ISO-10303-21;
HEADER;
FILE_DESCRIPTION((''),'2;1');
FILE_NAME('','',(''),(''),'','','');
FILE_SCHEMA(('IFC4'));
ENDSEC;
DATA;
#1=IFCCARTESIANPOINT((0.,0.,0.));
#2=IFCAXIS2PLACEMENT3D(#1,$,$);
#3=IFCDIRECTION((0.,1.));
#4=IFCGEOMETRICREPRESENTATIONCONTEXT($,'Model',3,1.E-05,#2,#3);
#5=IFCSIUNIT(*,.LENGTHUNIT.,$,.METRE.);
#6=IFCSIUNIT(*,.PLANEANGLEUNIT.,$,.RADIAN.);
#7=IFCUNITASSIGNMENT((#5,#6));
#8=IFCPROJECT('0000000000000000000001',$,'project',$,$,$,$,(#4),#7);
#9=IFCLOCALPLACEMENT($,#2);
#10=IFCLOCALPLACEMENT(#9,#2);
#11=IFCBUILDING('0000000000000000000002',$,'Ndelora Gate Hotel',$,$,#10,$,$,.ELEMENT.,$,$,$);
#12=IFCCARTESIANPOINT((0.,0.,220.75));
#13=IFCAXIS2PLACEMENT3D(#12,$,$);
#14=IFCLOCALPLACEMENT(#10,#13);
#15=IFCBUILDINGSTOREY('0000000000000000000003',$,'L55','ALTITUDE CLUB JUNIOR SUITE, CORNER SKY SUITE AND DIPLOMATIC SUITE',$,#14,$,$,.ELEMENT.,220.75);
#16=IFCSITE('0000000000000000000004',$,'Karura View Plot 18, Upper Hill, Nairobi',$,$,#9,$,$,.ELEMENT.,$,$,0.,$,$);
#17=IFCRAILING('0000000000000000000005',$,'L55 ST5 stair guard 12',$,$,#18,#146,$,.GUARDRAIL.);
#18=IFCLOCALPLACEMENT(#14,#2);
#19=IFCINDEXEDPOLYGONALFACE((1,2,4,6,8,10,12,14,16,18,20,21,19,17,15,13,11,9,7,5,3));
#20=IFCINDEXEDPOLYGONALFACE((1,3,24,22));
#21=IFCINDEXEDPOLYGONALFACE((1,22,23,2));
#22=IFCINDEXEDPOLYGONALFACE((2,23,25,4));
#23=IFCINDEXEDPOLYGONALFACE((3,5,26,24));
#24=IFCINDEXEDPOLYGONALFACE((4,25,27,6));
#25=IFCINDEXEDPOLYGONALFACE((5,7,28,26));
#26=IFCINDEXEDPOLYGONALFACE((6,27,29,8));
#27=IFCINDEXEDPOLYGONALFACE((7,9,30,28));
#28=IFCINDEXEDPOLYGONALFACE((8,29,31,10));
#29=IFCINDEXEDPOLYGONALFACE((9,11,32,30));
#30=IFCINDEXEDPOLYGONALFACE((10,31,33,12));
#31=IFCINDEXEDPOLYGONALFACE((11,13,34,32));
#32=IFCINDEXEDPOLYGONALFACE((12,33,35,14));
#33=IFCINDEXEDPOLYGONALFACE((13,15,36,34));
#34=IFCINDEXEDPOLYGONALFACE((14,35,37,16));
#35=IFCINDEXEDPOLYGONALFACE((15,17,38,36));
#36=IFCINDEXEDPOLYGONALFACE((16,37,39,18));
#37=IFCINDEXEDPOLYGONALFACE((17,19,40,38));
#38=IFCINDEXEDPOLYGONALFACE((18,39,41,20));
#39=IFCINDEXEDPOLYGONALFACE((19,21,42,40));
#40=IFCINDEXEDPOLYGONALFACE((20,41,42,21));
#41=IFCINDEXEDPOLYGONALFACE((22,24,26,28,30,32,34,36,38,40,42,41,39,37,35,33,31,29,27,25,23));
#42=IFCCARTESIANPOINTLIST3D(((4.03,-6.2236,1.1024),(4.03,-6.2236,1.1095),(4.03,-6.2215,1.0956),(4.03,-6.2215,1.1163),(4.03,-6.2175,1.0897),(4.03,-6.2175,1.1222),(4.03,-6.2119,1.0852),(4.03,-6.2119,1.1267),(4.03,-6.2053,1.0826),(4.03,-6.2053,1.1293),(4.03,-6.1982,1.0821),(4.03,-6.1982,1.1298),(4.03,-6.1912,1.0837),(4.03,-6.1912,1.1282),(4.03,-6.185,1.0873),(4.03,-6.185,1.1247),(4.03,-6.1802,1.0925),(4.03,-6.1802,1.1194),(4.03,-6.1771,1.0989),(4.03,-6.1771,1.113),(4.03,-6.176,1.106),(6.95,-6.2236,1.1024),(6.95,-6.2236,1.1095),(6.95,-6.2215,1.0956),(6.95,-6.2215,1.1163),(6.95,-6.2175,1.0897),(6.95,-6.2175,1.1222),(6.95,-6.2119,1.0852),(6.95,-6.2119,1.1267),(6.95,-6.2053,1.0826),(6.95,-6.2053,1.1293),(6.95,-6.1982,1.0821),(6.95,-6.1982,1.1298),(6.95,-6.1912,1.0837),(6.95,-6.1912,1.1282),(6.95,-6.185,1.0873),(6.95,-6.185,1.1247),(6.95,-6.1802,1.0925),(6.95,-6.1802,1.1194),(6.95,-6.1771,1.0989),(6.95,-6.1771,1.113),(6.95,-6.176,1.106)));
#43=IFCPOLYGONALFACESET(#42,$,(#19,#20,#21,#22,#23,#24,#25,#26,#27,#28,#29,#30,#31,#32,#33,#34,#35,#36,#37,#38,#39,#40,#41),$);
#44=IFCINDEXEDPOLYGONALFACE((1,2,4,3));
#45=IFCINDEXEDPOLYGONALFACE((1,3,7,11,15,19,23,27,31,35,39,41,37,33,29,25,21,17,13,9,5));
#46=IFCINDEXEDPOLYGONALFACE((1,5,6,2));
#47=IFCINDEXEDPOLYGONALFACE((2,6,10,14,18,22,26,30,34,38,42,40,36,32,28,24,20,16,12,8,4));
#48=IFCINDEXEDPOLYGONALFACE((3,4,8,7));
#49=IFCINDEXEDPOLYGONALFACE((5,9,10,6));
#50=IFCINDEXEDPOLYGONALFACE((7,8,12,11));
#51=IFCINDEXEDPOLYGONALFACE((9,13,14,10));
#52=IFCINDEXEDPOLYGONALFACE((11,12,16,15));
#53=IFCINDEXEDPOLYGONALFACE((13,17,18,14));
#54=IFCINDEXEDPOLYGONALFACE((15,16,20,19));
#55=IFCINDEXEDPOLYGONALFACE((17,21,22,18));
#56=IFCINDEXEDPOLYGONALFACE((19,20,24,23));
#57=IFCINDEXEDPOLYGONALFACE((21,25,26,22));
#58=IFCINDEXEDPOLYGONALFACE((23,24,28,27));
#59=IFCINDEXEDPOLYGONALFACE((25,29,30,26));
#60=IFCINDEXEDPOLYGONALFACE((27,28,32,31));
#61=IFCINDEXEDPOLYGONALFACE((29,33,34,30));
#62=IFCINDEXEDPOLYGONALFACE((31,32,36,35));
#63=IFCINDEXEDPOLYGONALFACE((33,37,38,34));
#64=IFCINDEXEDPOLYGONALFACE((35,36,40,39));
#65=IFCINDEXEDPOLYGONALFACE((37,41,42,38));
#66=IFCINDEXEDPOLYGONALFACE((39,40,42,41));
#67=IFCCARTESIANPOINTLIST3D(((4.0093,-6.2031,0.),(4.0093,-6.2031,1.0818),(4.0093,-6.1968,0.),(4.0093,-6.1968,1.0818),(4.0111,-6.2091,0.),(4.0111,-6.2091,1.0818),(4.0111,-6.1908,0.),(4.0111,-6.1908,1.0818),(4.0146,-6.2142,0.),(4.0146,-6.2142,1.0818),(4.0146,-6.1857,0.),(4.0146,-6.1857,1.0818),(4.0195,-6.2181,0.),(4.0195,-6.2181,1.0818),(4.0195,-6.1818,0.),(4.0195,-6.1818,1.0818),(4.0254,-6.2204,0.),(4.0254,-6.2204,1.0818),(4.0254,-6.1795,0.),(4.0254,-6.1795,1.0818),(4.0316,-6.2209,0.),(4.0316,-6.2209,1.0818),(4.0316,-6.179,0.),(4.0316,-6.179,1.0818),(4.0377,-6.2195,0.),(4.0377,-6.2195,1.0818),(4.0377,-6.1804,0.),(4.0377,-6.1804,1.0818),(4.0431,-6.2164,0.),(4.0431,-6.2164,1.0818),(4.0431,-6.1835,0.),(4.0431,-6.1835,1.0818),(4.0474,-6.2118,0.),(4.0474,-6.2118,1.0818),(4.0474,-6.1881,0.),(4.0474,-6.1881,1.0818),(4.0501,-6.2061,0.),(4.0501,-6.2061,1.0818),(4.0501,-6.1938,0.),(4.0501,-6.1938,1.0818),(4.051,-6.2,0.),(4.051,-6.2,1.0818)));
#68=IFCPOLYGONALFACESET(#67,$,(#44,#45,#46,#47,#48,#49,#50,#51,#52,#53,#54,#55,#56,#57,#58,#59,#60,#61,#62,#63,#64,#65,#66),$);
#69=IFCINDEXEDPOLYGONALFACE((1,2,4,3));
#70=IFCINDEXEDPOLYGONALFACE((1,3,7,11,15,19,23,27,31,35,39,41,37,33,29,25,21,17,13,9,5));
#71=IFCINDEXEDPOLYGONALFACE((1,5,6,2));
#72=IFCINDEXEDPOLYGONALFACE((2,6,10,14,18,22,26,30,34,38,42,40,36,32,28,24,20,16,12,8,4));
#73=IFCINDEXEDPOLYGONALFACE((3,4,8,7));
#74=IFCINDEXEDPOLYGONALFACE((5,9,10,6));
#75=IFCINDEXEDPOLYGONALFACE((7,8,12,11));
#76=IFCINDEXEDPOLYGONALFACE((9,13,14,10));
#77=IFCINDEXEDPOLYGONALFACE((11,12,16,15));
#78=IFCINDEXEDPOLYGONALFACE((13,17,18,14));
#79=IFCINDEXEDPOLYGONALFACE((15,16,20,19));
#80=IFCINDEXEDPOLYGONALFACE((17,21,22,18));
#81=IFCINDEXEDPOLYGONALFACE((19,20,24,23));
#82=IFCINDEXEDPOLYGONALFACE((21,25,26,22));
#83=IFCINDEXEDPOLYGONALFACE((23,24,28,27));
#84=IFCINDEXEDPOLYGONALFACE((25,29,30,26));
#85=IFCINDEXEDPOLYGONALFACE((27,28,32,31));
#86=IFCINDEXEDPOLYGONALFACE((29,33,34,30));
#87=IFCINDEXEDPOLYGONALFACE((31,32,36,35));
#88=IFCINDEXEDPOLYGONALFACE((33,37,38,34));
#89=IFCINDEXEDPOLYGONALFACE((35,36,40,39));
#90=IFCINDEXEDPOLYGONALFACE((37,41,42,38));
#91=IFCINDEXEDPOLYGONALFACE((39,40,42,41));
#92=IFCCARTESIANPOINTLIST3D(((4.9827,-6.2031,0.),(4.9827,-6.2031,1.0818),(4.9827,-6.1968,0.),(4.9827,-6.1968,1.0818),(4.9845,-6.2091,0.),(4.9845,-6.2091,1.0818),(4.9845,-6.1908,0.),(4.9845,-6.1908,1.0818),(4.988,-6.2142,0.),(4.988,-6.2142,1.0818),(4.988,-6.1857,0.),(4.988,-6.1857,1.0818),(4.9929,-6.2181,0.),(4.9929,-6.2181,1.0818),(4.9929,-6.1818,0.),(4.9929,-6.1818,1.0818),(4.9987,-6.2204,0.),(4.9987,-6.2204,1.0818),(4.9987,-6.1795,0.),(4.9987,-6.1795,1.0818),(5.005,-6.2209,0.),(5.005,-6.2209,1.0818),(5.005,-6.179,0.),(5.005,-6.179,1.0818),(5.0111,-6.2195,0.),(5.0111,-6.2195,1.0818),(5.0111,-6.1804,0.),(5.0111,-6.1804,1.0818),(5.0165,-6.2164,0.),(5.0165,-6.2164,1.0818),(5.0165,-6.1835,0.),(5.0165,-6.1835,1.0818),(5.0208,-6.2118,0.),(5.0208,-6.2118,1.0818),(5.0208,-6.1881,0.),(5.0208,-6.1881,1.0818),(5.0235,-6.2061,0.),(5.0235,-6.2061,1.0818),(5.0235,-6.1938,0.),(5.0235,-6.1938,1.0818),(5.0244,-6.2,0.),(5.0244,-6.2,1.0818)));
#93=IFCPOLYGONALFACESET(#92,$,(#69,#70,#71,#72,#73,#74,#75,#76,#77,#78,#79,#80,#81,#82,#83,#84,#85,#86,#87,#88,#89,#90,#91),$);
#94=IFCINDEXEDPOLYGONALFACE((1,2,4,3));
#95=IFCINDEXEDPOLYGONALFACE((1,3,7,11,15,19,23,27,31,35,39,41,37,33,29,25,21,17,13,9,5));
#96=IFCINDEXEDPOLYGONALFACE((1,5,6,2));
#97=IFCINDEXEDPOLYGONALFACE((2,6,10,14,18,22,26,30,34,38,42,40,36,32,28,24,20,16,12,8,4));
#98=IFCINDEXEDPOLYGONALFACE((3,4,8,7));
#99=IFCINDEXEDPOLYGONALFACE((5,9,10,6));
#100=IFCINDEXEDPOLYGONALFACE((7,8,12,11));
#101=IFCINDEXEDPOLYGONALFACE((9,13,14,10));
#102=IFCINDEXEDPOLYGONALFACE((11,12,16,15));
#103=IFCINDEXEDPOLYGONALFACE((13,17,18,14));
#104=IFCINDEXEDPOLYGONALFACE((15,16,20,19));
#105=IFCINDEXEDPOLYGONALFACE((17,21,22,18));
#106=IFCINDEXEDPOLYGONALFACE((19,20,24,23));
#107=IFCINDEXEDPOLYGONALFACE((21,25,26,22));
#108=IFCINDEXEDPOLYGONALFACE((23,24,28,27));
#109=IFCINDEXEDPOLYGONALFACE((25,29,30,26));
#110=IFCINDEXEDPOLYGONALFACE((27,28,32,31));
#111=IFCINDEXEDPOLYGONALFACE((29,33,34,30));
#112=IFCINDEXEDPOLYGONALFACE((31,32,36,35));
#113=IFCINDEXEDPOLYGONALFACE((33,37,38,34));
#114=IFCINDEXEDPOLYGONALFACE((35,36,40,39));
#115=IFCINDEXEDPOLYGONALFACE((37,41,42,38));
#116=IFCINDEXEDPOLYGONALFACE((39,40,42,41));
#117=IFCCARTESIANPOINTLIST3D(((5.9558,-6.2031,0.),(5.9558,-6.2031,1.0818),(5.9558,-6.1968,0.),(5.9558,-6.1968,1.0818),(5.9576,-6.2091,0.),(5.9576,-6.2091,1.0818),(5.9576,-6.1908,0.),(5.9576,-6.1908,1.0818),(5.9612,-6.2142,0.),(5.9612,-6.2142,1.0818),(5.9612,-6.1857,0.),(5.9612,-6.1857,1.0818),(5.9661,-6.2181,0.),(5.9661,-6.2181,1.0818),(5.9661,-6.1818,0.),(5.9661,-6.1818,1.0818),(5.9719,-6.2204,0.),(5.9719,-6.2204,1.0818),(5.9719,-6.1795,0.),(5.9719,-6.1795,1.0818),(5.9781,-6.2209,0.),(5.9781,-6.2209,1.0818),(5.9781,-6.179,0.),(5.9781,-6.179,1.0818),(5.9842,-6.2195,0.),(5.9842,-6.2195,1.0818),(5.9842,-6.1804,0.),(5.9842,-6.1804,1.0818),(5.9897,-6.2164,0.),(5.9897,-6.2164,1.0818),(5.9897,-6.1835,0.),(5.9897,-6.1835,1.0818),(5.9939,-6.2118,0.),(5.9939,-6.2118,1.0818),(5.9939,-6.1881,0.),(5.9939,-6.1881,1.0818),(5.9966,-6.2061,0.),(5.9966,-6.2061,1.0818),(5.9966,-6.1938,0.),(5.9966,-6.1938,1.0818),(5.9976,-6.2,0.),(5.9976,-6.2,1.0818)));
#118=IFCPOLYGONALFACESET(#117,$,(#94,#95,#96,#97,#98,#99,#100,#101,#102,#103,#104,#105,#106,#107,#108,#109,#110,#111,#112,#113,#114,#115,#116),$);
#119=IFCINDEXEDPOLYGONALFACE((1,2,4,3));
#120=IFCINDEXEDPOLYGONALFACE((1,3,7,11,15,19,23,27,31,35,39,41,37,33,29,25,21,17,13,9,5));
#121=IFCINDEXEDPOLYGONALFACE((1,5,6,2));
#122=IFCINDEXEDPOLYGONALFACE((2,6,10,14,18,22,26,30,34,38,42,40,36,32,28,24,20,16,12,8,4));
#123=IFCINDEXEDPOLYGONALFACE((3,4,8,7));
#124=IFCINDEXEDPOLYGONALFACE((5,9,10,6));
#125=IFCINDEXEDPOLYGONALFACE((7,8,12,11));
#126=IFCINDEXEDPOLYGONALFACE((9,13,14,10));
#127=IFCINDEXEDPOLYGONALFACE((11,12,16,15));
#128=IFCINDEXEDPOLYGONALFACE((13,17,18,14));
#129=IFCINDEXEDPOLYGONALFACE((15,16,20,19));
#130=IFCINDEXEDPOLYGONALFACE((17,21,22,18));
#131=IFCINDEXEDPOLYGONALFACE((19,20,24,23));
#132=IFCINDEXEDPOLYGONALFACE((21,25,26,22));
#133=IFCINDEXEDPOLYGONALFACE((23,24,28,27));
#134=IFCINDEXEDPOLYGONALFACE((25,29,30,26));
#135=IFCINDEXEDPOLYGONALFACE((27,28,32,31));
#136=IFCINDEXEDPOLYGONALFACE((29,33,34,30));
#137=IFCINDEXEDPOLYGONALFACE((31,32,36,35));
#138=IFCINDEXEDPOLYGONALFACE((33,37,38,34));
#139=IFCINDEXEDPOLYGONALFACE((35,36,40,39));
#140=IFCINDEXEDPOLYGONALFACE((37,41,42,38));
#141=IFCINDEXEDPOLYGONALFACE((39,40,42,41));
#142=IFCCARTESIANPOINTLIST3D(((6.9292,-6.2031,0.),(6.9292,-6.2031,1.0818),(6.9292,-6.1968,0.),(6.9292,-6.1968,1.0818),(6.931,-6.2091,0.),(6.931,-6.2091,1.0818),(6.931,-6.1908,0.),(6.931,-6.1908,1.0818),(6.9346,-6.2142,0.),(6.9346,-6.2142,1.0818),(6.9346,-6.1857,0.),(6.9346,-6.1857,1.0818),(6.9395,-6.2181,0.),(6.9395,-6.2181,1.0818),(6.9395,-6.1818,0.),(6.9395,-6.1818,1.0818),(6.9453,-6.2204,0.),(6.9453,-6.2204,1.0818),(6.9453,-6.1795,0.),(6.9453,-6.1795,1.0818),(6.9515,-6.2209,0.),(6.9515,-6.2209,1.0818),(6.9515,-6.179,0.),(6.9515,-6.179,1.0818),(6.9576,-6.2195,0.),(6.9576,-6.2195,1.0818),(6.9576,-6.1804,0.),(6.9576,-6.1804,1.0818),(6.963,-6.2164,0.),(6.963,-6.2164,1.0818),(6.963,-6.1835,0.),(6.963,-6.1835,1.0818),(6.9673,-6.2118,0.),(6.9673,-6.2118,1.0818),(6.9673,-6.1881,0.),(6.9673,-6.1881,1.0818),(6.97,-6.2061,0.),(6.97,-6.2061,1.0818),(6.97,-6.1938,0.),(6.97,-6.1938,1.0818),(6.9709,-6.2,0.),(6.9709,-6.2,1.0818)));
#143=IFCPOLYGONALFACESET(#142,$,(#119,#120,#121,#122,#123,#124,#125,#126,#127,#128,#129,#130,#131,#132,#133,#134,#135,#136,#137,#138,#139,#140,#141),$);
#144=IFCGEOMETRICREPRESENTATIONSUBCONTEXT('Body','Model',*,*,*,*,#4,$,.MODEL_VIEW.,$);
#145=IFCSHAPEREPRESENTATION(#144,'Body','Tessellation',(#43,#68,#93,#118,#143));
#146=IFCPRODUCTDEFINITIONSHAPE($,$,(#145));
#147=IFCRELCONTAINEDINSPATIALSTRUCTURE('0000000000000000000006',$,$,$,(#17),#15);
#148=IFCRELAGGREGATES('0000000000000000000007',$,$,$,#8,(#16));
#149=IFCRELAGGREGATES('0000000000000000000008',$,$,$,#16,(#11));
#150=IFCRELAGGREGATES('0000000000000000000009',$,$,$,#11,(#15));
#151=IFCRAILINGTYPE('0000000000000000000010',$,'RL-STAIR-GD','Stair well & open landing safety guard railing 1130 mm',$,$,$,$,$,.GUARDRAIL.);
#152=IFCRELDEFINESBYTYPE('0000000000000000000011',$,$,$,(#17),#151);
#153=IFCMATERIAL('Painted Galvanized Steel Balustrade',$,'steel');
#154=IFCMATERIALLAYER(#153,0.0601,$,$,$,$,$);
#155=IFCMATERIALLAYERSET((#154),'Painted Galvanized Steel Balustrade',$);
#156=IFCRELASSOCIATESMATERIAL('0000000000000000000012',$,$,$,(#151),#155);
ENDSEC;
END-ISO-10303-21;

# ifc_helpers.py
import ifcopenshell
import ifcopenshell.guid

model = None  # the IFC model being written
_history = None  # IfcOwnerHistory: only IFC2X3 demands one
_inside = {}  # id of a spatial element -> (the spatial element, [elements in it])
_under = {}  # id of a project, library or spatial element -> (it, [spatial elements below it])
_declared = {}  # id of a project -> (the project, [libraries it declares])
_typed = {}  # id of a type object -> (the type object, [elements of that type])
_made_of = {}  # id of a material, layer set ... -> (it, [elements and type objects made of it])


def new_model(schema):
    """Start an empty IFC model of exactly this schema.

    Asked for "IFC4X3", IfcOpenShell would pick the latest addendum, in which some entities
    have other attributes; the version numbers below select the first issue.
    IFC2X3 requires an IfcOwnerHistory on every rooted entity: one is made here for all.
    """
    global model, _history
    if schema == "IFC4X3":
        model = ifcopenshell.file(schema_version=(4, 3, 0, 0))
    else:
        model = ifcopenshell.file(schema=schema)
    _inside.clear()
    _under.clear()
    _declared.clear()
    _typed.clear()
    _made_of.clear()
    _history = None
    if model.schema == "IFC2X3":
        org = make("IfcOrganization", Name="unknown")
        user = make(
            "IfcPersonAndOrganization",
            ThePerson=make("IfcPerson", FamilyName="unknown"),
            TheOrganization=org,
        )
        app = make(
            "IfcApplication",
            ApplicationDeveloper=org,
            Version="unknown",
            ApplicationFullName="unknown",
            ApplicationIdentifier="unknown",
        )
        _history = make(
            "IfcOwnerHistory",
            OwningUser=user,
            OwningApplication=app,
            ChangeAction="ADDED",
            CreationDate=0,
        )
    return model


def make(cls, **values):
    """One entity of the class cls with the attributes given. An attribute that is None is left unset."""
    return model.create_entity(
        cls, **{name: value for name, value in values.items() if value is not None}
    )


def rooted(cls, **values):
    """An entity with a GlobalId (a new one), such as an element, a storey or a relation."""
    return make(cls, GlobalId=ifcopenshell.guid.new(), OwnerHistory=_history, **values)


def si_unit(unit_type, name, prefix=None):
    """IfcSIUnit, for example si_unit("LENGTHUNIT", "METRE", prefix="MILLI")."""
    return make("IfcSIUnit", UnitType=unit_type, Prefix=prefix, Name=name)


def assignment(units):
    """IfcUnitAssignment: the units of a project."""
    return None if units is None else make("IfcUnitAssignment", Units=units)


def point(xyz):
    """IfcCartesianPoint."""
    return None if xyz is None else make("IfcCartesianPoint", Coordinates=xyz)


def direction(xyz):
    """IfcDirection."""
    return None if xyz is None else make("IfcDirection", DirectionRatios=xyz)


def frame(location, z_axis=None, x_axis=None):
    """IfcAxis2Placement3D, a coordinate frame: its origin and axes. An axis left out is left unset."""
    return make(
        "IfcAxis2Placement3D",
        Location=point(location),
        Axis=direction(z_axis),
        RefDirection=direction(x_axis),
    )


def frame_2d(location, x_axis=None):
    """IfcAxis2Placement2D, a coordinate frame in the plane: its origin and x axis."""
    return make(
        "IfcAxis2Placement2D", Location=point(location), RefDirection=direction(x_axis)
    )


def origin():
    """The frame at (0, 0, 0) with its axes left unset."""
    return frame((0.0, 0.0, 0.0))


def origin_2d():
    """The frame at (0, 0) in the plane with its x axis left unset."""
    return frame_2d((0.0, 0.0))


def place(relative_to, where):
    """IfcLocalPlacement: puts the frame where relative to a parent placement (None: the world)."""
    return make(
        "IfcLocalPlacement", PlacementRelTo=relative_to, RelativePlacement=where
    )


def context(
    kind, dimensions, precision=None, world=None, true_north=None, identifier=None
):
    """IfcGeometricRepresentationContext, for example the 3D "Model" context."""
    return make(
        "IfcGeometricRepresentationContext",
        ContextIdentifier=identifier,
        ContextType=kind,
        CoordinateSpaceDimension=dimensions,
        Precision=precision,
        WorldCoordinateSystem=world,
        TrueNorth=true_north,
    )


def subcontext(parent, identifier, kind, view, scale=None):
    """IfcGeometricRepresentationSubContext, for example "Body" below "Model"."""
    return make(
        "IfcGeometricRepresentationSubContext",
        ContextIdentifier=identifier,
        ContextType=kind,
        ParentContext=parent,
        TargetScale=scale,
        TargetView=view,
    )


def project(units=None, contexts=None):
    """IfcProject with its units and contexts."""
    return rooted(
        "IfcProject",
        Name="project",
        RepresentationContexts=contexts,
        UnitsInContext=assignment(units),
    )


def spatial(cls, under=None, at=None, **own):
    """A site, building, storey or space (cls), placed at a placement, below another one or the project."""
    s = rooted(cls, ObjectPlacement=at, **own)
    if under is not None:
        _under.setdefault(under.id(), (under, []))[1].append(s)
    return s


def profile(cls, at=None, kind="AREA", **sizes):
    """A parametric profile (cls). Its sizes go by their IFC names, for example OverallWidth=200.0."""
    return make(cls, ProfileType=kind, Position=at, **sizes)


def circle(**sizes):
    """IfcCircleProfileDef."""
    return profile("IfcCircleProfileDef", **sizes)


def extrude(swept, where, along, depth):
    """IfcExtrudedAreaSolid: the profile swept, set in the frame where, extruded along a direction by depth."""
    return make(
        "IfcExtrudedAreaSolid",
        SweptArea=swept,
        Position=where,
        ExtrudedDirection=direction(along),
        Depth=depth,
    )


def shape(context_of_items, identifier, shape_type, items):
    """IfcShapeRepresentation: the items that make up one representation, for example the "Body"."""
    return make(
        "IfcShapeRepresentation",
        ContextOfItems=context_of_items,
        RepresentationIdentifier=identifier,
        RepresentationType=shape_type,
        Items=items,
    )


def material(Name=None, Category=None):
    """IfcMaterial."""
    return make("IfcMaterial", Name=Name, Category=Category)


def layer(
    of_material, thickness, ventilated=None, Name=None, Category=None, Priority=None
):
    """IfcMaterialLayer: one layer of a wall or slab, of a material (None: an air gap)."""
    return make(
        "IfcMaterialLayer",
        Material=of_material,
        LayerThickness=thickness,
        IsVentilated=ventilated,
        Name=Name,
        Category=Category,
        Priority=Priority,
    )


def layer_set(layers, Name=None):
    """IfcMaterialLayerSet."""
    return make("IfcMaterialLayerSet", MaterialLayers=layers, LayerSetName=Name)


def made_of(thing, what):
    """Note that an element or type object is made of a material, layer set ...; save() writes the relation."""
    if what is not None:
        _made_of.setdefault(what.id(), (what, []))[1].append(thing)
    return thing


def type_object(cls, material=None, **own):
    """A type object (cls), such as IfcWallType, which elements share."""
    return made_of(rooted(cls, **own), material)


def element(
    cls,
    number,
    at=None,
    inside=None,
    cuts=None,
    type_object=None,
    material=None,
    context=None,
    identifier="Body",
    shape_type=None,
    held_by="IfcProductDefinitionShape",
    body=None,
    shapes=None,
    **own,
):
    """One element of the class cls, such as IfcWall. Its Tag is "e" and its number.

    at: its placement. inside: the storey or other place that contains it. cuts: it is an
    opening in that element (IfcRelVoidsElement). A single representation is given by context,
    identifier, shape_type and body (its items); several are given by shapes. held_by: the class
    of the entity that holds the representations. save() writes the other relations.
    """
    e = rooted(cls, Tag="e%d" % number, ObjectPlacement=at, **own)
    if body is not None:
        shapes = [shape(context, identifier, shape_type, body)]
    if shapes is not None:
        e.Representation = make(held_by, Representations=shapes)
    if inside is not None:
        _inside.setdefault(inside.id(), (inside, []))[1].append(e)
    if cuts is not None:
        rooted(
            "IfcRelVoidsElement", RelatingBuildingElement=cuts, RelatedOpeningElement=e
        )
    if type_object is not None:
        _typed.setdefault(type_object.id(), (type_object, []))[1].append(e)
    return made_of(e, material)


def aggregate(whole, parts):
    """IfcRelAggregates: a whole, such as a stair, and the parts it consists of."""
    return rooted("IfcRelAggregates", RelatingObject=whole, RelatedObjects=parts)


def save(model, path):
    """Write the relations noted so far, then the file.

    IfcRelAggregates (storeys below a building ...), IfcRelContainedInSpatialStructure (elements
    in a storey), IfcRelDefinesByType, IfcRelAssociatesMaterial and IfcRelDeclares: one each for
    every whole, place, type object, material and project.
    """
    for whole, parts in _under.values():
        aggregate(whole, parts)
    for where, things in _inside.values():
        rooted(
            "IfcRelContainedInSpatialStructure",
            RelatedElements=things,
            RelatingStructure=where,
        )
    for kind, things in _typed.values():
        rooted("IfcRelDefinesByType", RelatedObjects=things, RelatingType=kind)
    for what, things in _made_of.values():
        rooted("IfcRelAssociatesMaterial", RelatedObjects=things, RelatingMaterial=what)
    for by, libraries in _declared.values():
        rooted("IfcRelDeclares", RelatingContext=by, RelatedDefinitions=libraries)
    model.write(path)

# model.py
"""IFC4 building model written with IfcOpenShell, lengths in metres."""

from ifc_helpers import new_model, si_unit, direction, frame, origin, origin_2d, place, context, subcontext, project, spatial, circle, extrude, material, layer, layer_set, type_object, element, save


model = new_model("IFC4")

# Units and contexts
model_context = context("Model", 3, precision=1e-05, world=origin(), true_north=direction((0.0, 1.0)))
body_context = subcontext(model_context, "Body", "Model", "MODEL_VIEW")
ifc_project = project(units=[si_unit("LENGTHUNIT", "METRE"), si_unit("PLANEANGLEUNIT", "RADIAN")], contexts=[model_context])

# Site, building, storey
site_placement = place(None, origin())
site = spatial("IfcSite", under=ifc_project, at=site_placement, Name="Karura View Plot 18, Upper Hill, Nairobi", CompositionType="ELEMENT", RefElevation=0.0)
building_placement = place(site_placement, origin())
building = spatial("IfcBuilding", under=site, at=building_placement, Name="Ndelora Gate Hotel", CompositionType="ELEMENT")
storey_placement = place(building_placement, frame((0.0, 0.0, 220.75)))
storey = spatial("IfcBuildingStorey", under=building, at=storey_placement, Name="L55", Description="ALTITUDE CLUB JUNIOR SUITE, CORNER SKY SUITE AND DIPLOMATIC SUITE", CompositionType="ELEMENT", Elevation=220.75)

# Railing
ifc_material_1 = material(Name="Painted Galvanized Steel Balustrade", Category="steel")
ifc_layer_1 = layer(ifc_material_1, 0.0601)
ifc_layer_set_1 = layer_set([ifc_layer_1], Name="Painted Galvanized Steel Balustrade")
railing_type_1 = type_object("IfcRailingType", Name="RL-STAIR-GD", Description="Stair well & open landing safety guard railing 1130 mm", PredefinedType="GUARDRAIL", material=ifc_layer_set_1)
railing_1_placement = place(storey_placement, frame((4.03, -6.2, 0.0)))
element("IfcRailing", 1, at=railing_1_placement, inside=storey, type_object=railing_type_1, Name="L55 ST5 stair guard 12", PredefinedType="GUARDRAIL", context=body_context, shape_type="SweptSolid", body=[
    extrude(circle(Radius=0.0239, at=origin_2d()), frame((0.0, 0.0, 1.106), z_axis=(1.0, 0.0, 0.0), x_axis=(0.0, 1.0, 0.0)), (0.0, 0.0, 1.0), 2.9199),
    extrude(circle(Radius=0.021, at=origin_2d()), origin(), (0.0, 0.0, 1.0), 1.0818),
    extrude(circle(Radius=0.021, at=origin_2d()), frame((0.9734, 0.0, 0.0)), (0.0, 0.0, 1.0), 1.0818),
    extrude(circle(Radius=0.021, at=origin_2d()), frame((1.9465, 0.0, 0.0)), (0.0, 0.0, 1.0), 1.0818),
    extrude(circle(Radius=0.021, at=origin_2d()), frame((2.9199, 0.0, 0.0)), (0.0, 0.0, 1.0), 1.0818),
])

save(model, "model.ifc")
